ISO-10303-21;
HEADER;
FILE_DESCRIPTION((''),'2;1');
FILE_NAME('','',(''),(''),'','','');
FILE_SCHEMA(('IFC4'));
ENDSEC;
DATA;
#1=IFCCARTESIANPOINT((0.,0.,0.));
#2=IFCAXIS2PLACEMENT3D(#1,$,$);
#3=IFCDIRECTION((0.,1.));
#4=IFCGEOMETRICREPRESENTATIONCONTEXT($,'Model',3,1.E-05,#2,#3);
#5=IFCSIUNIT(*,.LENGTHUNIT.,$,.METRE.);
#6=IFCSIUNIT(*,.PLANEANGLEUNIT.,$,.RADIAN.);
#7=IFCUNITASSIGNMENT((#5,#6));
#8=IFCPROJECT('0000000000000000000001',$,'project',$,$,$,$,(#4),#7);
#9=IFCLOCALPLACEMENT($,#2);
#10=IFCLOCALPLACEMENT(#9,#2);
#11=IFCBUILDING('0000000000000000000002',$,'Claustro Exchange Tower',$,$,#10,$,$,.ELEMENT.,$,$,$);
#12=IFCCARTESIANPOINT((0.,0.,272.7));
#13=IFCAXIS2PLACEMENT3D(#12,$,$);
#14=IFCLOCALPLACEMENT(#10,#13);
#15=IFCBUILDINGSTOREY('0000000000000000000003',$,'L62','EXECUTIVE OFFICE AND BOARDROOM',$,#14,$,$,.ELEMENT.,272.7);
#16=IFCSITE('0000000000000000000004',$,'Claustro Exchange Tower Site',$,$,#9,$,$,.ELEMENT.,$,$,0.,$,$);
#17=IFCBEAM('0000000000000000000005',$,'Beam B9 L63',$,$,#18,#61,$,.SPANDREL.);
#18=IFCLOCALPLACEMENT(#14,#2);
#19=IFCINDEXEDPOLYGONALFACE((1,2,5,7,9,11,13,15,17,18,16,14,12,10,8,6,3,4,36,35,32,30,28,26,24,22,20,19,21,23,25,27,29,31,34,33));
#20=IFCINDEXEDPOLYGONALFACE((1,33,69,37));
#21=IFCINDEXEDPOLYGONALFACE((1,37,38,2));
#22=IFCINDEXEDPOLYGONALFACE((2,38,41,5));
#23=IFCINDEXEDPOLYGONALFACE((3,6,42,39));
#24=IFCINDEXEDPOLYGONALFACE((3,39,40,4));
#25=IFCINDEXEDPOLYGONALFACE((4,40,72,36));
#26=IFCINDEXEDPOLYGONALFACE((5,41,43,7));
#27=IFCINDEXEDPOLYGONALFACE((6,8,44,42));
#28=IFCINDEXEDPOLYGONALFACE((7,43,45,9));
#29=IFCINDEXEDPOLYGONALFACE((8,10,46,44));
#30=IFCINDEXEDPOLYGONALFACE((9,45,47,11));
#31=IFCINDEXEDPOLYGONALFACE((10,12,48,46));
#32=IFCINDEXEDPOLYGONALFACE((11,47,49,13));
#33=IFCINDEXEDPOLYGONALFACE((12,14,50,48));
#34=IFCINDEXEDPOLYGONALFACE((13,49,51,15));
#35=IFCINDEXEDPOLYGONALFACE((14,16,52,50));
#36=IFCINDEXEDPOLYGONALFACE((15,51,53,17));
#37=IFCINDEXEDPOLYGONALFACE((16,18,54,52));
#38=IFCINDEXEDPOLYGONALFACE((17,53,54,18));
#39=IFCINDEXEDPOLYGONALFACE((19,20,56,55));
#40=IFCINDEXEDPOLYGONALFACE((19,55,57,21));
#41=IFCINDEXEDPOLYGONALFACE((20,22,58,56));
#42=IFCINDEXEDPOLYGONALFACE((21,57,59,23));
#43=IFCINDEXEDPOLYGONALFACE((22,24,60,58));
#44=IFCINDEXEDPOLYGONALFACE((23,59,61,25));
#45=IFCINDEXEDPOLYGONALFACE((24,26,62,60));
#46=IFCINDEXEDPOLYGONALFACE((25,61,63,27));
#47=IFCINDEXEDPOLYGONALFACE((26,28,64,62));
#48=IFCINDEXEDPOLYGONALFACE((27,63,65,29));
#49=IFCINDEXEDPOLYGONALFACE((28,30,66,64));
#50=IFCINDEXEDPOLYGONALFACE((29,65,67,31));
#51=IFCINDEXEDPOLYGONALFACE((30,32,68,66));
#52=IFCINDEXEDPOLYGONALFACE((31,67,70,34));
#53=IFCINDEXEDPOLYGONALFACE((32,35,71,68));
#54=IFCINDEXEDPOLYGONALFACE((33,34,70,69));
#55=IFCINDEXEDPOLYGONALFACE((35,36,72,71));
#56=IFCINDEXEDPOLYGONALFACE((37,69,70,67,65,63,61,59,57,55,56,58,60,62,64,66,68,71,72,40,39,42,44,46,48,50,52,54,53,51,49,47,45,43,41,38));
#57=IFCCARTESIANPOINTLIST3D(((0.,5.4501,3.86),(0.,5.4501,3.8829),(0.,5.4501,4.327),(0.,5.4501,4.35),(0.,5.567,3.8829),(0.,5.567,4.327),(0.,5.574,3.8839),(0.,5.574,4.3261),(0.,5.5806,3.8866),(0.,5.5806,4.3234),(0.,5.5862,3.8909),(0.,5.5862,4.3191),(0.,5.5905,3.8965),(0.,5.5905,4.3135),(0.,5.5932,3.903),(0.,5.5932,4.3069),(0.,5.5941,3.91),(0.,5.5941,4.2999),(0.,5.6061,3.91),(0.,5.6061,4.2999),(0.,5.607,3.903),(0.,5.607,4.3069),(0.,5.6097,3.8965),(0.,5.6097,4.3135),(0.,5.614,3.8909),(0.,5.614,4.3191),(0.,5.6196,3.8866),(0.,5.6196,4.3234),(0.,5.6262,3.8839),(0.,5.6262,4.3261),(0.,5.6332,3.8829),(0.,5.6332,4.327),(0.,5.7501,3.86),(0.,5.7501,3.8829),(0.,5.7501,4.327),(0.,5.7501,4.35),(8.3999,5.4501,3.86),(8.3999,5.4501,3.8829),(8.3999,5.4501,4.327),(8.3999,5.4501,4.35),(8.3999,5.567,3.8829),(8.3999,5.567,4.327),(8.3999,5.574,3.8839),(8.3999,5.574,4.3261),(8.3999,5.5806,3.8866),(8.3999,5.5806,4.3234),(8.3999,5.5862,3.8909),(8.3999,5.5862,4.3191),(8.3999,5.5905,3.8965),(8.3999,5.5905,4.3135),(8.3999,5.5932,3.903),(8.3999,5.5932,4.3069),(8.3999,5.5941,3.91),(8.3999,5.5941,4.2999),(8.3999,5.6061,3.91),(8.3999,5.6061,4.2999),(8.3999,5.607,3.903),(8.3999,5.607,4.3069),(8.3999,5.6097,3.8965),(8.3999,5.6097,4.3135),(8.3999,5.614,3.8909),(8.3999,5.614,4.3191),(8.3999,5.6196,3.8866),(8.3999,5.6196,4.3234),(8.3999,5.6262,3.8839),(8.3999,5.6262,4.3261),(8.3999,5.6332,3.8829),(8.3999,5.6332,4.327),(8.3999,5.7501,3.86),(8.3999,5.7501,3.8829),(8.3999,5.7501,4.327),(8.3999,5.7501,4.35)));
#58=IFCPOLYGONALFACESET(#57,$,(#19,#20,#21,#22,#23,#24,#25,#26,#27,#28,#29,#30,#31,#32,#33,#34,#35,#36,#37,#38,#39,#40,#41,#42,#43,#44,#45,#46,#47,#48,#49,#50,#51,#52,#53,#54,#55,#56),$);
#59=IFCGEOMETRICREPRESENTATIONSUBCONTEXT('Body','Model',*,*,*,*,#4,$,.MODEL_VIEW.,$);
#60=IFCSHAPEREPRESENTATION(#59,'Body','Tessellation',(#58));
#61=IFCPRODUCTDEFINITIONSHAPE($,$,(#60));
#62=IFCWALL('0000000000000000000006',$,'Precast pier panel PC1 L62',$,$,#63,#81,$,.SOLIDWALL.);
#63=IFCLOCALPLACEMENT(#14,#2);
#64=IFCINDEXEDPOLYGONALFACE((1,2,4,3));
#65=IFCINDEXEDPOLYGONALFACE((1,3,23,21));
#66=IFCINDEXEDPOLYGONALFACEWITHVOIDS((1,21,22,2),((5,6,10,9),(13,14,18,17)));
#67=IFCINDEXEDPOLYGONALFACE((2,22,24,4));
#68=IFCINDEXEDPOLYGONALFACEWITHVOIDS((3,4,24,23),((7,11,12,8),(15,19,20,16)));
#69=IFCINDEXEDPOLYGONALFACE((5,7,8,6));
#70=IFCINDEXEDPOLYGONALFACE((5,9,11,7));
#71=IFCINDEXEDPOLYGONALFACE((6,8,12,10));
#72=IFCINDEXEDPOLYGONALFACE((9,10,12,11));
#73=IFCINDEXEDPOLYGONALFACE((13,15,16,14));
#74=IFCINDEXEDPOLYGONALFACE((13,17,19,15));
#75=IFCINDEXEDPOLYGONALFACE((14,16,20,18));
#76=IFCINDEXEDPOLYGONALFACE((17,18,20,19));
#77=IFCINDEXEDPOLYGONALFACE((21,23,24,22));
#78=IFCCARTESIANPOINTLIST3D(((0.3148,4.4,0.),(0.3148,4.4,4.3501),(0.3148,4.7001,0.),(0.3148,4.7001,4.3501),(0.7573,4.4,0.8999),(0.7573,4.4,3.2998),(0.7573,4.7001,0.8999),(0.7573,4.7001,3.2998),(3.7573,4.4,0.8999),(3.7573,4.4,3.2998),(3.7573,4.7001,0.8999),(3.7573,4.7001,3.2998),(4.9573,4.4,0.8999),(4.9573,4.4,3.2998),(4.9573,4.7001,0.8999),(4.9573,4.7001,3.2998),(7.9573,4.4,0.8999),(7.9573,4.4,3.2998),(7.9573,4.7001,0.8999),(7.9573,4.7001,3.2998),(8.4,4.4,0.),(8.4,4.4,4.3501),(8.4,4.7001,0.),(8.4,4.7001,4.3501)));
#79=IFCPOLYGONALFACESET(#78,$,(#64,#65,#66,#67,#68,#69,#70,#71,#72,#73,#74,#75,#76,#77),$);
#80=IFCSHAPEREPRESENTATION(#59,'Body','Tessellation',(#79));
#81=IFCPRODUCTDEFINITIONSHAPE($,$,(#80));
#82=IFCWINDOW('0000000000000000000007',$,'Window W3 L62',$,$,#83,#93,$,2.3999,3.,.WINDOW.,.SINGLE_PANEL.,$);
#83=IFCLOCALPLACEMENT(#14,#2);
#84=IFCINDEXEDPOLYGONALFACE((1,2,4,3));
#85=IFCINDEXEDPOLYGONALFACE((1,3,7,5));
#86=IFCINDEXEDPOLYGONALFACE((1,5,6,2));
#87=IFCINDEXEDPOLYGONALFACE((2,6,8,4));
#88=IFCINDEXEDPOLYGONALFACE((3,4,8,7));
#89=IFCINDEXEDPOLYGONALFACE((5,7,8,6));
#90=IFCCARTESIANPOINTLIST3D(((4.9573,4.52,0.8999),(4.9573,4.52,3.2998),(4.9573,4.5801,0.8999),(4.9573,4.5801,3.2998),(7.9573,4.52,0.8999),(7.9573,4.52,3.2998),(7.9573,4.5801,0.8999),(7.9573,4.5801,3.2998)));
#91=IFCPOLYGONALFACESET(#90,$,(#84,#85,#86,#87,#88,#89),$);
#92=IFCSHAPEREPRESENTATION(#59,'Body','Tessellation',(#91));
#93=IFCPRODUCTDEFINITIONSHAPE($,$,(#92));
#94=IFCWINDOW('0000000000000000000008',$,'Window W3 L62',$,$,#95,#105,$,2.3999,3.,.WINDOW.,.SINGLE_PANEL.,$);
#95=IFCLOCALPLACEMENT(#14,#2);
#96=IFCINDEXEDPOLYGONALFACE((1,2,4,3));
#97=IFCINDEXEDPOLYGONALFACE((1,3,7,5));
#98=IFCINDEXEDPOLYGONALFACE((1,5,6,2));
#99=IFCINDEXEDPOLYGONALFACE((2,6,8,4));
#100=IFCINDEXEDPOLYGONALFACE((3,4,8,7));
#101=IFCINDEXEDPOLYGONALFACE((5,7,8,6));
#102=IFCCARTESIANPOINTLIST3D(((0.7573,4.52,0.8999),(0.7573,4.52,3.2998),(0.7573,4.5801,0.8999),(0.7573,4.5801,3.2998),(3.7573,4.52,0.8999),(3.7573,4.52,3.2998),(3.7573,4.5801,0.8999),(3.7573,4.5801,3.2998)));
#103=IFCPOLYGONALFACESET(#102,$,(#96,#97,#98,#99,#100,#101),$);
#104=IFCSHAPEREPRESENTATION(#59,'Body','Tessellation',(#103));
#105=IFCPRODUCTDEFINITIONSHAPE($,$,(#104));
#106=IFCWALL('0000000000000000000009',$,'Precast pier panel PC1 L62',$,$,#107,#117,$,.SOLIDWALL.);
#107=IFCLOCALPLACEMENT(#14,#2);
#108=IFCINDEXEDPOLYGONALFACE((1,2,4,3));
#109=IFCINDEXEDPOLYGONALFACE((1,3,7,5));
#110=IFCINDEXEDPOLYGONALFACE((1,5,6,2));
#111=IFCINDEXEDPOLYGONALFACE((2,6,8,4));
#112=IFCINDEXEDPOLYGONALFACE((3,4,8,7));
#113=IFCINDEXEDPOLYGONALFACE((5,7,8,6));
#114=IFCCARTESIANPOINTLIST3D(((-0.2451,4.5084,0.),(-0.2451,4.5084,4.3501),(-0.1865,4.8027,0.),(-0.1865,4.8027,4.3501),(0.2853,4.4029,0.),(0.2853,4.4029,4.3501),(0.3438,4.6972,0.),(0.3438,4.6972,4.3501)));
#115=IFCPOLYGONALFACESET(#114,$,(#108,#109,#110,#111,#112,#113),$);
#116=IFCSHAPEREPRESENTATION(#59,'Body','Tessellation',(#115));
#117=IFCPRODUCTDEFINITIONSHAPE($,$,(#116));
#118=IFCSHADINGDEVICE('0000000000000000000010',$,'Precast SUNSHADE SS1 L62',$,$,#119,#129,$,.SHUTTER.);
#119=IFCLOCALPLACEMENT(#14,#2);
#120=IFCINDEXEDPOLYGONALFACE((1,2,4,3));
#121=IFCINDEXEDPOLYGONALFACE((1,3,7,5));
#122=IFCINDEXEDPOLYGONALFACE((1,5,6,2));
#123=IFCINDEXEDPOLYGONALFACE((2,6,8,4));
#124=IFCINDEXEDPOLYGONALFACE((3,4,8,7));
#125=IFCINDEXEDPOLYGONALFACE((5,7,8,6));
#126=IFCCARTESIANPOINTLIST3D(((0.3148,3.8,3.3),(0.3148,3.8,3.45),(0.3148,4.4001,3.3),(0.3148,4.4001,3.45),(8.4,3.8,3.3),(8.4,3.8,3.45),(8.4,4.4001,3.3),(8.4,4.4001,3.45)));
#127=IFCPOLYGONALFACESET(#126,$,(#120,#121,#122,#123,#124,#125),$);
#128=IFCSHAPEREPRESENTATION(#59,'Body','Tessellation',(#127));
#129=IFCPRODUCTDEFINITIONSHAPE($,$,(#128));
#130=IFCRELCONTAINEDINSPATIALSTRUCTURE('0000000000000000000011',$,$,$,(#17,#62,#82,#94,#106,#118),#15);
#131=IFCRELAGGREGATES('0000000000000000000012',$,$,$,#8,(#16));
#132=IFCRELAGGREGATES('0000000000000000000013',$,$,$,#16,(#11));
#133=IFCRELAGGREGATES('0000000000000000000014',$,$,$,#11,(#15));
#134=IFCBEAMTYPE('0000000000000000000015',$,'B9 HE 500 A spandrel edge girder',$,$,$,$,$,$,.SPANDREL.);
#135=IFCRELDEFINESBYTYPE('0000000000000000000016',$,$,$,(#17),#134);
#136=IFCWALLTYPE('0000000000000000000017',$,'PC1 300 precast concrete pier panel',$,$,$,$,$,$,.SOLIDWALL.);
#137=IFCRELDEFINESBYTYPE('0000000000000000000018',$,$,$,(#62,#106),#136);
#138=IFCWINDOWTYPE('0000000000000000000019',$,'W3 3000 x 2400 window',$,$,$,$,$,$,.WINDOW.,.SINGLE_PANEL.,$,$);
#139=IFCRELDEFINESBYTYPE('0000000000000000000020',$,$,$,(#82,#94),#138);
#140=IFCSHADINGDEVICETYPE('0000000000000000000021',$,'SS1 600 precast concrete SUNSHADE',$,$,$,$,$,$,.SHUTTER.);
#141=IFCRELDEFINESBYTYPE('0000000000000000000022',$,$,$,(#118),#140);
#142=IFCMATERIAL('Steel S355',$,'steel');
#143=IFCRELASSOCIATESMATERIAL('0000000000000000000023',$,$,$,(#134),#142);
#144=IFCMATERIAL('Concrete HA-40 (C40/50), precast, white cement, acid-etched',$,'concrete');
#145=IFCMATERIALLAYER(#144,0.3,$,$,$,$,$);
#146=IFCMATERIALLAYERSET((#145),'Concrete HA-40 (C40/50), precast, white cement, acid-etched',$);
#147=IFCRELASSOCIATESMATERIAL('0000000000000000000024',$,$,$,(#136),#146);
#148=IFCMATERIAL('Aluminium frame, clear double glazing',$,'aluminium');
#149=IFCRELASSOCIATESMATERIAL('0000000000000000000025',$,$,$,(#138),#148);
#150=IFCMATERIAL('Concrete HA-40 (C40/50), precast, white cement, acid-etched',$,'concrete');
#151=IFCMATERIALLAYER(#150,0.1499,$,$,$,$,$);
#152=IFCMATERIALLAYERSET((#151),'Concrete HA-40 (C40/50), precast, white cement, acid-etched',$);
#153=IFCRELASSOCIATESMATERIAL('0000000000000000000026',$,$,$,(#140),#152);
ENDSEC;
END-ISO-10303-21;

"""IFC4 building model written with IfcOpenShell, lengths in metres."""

from ifc_helpers import new_model, si_unit, direction, frame, frame_2d, origin, origin_2d, place, context, subcontext, project, spatial, rectangle, i_section, extrude, material, layer, layer_set, material_profile, profile_set, type_object, element, fill, save


model = new_model("IFC4")

# Units and contexts
model_context = context("Model", 3, precision=1e-05, world=origin(), true_north=direction((0.0, 1.0)))
body_context = subcontext(model_context, "Body", "Model", "MODEL_VIEW")
ifc_project = project(units=[si_unit("LENGTHUNIT", "METRE"), si_unit("PLANEANGLEUNIT", "RADIAN")], contexts=[model_context])

# Site, building, storey
site_placement = place(None, origin())
site = spatial("IfcSite", under=ifc_project, at=site_placement, Name="Claustro Exchange Tower Site", CompositionType="ELEMENT", RefElevation=0.0)
building_placement = place(site_placement, origin())
building = spatial("IfcBuilding", under=site, at=building_placement, Name="Claustro Exchange Tower", CompositionType="ELEMENT")
storey_placement = place(building_placement, frame((0.0, 0.0, 272.7)))
storey = spatial("IfcBuildingStorey", under=building, at=storey_placement, Name="L62", Description="EXECUTIVE OFFICE AND BOARDROOM", CompositionType="ELEMENT", Elevation=272.7)

# Beam
ifc_material_1 = material(Name="Steel S355", Category="steel")
ifc_material_profile_1 = material_profile(ifc_material_1, i_section(OverallWidth=0.3, OverallDepth=0.49, WebThickness=0.012, FlangeThickness=0.0229, FilletRadius=0.0271, at=origin_2d()), Name="HE 500 A")
ifc_profile_set_1 = profile_set([ifc_material_profile_1], Name="Steel S355")
beam_type_1 = type_object("IfcBeamType", Name="B9 HE 500 A spandrel edge girder", PredefinedType="SPANDREL", material=ifc_profile_set_1)
beam_1_placement = place(storey_placement, frame((0.0, 5.6001, 4.105), z_axis=(1.0, 0.0, 0.0), x_axis=(0.0, 1.0, 0.0)))
element("IfcBeam", 1, at=beam_1_placement, inside=storey, type_object=beam_type_1, Name="Beam B9 L63", PredefinedType="SPANDREL", context=body_context, shape_type="SweptSolid", body=[
    extrude(i_section(OverallWidth=0.3, OverallDepth=0.49, WebThickness=0.012, FlangeThickness=0.0229, FilletRadius=0.0271, at=origin_2d()), origin(), (0.0, 0.0, 1.0), 8.3999),
])

# Wall, openings, windows
ifc_material_2 = material(Name="Concrete HA-40 (C40/50), precast, white cement, acid-etched", Category="concrete")
ifc_layer_1 = layer(ifc_material_2, 0.3)
ifc_layer_set_1 = layer_set([ifc_layer_1], Name="Concrete HA-40 (C40/50), precast, white cement, acid-etched")
wall_type = type_object("IfcWallType", Name="PC1 300 precast concrete pier panel", PredefinedType="SOLIDWALL", material=ifc_layer_set_1)
wall_1_placement = place(storey_placement, frame((8.3999, 4.55, 0.0), z_axis=(0.0, 0.0, 1.0), x_axis=(-1.0, 0.0, 0.0)))
wall_1 = element("IfcWall", 2, at=wall_1_placement, inside=storey, type_object=wall_type, Name="Precast pier panel PC1 L62", PredefinedType="SOLIDWALL", context=body_context, shape_type="SweptSolid", body=[
    extrude(rectangle(XDim=8.0852, YDim=0.3, at=frame_2d((4.0425, 0.0))), origin(), (0.0, 0.0, 1.0), 4.3501),
])
opening_1_placement = place(wall_1_placement, frame((0.4426, 0.0, 0.8999)))
opening_1 = element("IfcOpeningElement", 3, at=opening_1_placement, cuts=wall_1, PredefinedType="OPENING", context=body_context, shape_type="SweptSolid", body=[
    extrude(rectangle(XDim=3.0, YDim=2.3999, at=frame_2d((1.5, 1.2))), frame((0.0, 0.1599, 0.0), z_axis=(0.0, -1.0, 0.0), x_axis=(1.0, 0.0, 0.0)), (0.0, 0.0, 1.0), 0.3201),
])
opening_2_placement = place(wall_1_placement, frame((4.6426, 0.0, 0.8999)))
opening_2 = element("IfcOpeningElement", 4, at=opening_2_placement, cuts=wall_1, PredefinedType="OPENING", context=body_context, shape_type="SweptSolid", body=[
    extrude(rectangle(XDim=3.0, YDim=2.3999, at=frame_2d((1.5, 1.2))), frame((0.0, 0.1599, 0.0), z_axis=(0.0, -1.0, 0.0), x_axis=(1.0, 0.0, 0.0)), (0.0, 0.0, 1.0), 0.3201),
])
ifc_material_3 = material(Name="Aluminium frame, clear double glazing", Category="aluminium")
window_type = type_object("IfcWindowType", Name="W3 3000 x 2400 window", PartitioningType="SINGLE_PANEL", PredefinedType="WINDOW", material=ifc_material_3)
window_1_placement = place(opening_1_placement, origin())
window_1 = element("IfcWindow", 5, at=window_1_placement, inside=storey, type_object=window_type, Name="Window W3 L62", OverallHeight=2.3999, OverallWidth=3.0, PartitioningType="SINGLE_PANEL", PredefinedType="WINDOW", context=body_context, shape_type="SweptSolid", body=[
    extrude(rectangle(XDim=3.0, YDim=2.3999, at=frame_2d((1.5, 1.2))), frame((0.0, 0.03, 0.0), z_axis=(0.0, -1.0, 0.0), x_axis=(1.0, 0.0, 0.0)), (0.0, 0.0, 1.0), 0.0601),
])
fill(opening_1, window_1)
window_2_placement = place(opening_2_placement, origin())
window_2 = element("IfcWindow", 6, at=window_2_placement, inside=storey, type_object=window_type, Name="Window W3 L62", OverallHeight=2.3999, OverallWidth=3.0, PartitioningType="SINGLE_PANEL", PredefinedType="WINDOW", context=body_context, shape_type="SweptSolid", body=[
    extrude(rectangle(XDim=3.0, YDim=2.3999, at=frame_2d((1.5, 1.2))), frame((0.0, 0.03, 0.0), z_axis=(0.0, -1.0, 0.0), x_axis=(1.0, 0.0, 0.0)), (0.0, 0.0, 1.0), 0.0601),
])
fill(opening_2, window_2)

# Wall
wall_2_placement = place(storey_placement, frame((0.3147, 4.55, 0.0), z_axis=(0.0, 0.0, 1.0), x_axis=(-0.980789, 0.195074, 0.0)))
element("IfcWall", 7, at=wall_2_placement, inside=storey, type_object=wall_type, Name="Precast pier panel PC1 L62", PredefinedType="SOLIDWALL", context=body_context, shape_type="SweptSolid", body=[
    extrude(rectangle(XDim=0.5408, YDim=0.3, at=frame_2d((0.2705, 0.0))), origin(), (0.0, 0.0, 1.0), 4.3501),
])

# Shading device
ifc_material_4 = material(Name="Concrete HA-40 (C40/50), precast, white cement, acid-etched", Category="concrete")
ifc_layer_2 = layer(ifc_material_4, 0.1499)
ifc_layer_set_2 = layer_set([ifc_layer_2], Name="Concrete HA-40 (C40/50), precast, white cement, acid-etched")
shading_device_type = type_object("IfcShadingDeviceType", Name="SS1 600 precast concrete SUNSHADE", PredefinedType="SHUTTER", material=ifc_layer_set_2)
shading_device_placement = place(storey_placement, frame((4.3574, 4.1001, 3.3), z_axis=(0.0, 0.0, 1.0), x_axis=(-1.0, 0.0, 0.0)))
element("IfcShadingDevice", 8, at=shading_device_placement, inside=storey, type_object=shading_device_type, Name="Precast SUNSHADE SS1 L62", PredefinedType="SHUTTER", context=body_context, shape_type="SweptSolid", body=[
    extrude(rectangle(XDim=8.0852, YDim=0.6001, at=origin_2d()), origin(), (0.0, 0.0, 1.0), 0.1499),
])

save(model, "model.ifc")
